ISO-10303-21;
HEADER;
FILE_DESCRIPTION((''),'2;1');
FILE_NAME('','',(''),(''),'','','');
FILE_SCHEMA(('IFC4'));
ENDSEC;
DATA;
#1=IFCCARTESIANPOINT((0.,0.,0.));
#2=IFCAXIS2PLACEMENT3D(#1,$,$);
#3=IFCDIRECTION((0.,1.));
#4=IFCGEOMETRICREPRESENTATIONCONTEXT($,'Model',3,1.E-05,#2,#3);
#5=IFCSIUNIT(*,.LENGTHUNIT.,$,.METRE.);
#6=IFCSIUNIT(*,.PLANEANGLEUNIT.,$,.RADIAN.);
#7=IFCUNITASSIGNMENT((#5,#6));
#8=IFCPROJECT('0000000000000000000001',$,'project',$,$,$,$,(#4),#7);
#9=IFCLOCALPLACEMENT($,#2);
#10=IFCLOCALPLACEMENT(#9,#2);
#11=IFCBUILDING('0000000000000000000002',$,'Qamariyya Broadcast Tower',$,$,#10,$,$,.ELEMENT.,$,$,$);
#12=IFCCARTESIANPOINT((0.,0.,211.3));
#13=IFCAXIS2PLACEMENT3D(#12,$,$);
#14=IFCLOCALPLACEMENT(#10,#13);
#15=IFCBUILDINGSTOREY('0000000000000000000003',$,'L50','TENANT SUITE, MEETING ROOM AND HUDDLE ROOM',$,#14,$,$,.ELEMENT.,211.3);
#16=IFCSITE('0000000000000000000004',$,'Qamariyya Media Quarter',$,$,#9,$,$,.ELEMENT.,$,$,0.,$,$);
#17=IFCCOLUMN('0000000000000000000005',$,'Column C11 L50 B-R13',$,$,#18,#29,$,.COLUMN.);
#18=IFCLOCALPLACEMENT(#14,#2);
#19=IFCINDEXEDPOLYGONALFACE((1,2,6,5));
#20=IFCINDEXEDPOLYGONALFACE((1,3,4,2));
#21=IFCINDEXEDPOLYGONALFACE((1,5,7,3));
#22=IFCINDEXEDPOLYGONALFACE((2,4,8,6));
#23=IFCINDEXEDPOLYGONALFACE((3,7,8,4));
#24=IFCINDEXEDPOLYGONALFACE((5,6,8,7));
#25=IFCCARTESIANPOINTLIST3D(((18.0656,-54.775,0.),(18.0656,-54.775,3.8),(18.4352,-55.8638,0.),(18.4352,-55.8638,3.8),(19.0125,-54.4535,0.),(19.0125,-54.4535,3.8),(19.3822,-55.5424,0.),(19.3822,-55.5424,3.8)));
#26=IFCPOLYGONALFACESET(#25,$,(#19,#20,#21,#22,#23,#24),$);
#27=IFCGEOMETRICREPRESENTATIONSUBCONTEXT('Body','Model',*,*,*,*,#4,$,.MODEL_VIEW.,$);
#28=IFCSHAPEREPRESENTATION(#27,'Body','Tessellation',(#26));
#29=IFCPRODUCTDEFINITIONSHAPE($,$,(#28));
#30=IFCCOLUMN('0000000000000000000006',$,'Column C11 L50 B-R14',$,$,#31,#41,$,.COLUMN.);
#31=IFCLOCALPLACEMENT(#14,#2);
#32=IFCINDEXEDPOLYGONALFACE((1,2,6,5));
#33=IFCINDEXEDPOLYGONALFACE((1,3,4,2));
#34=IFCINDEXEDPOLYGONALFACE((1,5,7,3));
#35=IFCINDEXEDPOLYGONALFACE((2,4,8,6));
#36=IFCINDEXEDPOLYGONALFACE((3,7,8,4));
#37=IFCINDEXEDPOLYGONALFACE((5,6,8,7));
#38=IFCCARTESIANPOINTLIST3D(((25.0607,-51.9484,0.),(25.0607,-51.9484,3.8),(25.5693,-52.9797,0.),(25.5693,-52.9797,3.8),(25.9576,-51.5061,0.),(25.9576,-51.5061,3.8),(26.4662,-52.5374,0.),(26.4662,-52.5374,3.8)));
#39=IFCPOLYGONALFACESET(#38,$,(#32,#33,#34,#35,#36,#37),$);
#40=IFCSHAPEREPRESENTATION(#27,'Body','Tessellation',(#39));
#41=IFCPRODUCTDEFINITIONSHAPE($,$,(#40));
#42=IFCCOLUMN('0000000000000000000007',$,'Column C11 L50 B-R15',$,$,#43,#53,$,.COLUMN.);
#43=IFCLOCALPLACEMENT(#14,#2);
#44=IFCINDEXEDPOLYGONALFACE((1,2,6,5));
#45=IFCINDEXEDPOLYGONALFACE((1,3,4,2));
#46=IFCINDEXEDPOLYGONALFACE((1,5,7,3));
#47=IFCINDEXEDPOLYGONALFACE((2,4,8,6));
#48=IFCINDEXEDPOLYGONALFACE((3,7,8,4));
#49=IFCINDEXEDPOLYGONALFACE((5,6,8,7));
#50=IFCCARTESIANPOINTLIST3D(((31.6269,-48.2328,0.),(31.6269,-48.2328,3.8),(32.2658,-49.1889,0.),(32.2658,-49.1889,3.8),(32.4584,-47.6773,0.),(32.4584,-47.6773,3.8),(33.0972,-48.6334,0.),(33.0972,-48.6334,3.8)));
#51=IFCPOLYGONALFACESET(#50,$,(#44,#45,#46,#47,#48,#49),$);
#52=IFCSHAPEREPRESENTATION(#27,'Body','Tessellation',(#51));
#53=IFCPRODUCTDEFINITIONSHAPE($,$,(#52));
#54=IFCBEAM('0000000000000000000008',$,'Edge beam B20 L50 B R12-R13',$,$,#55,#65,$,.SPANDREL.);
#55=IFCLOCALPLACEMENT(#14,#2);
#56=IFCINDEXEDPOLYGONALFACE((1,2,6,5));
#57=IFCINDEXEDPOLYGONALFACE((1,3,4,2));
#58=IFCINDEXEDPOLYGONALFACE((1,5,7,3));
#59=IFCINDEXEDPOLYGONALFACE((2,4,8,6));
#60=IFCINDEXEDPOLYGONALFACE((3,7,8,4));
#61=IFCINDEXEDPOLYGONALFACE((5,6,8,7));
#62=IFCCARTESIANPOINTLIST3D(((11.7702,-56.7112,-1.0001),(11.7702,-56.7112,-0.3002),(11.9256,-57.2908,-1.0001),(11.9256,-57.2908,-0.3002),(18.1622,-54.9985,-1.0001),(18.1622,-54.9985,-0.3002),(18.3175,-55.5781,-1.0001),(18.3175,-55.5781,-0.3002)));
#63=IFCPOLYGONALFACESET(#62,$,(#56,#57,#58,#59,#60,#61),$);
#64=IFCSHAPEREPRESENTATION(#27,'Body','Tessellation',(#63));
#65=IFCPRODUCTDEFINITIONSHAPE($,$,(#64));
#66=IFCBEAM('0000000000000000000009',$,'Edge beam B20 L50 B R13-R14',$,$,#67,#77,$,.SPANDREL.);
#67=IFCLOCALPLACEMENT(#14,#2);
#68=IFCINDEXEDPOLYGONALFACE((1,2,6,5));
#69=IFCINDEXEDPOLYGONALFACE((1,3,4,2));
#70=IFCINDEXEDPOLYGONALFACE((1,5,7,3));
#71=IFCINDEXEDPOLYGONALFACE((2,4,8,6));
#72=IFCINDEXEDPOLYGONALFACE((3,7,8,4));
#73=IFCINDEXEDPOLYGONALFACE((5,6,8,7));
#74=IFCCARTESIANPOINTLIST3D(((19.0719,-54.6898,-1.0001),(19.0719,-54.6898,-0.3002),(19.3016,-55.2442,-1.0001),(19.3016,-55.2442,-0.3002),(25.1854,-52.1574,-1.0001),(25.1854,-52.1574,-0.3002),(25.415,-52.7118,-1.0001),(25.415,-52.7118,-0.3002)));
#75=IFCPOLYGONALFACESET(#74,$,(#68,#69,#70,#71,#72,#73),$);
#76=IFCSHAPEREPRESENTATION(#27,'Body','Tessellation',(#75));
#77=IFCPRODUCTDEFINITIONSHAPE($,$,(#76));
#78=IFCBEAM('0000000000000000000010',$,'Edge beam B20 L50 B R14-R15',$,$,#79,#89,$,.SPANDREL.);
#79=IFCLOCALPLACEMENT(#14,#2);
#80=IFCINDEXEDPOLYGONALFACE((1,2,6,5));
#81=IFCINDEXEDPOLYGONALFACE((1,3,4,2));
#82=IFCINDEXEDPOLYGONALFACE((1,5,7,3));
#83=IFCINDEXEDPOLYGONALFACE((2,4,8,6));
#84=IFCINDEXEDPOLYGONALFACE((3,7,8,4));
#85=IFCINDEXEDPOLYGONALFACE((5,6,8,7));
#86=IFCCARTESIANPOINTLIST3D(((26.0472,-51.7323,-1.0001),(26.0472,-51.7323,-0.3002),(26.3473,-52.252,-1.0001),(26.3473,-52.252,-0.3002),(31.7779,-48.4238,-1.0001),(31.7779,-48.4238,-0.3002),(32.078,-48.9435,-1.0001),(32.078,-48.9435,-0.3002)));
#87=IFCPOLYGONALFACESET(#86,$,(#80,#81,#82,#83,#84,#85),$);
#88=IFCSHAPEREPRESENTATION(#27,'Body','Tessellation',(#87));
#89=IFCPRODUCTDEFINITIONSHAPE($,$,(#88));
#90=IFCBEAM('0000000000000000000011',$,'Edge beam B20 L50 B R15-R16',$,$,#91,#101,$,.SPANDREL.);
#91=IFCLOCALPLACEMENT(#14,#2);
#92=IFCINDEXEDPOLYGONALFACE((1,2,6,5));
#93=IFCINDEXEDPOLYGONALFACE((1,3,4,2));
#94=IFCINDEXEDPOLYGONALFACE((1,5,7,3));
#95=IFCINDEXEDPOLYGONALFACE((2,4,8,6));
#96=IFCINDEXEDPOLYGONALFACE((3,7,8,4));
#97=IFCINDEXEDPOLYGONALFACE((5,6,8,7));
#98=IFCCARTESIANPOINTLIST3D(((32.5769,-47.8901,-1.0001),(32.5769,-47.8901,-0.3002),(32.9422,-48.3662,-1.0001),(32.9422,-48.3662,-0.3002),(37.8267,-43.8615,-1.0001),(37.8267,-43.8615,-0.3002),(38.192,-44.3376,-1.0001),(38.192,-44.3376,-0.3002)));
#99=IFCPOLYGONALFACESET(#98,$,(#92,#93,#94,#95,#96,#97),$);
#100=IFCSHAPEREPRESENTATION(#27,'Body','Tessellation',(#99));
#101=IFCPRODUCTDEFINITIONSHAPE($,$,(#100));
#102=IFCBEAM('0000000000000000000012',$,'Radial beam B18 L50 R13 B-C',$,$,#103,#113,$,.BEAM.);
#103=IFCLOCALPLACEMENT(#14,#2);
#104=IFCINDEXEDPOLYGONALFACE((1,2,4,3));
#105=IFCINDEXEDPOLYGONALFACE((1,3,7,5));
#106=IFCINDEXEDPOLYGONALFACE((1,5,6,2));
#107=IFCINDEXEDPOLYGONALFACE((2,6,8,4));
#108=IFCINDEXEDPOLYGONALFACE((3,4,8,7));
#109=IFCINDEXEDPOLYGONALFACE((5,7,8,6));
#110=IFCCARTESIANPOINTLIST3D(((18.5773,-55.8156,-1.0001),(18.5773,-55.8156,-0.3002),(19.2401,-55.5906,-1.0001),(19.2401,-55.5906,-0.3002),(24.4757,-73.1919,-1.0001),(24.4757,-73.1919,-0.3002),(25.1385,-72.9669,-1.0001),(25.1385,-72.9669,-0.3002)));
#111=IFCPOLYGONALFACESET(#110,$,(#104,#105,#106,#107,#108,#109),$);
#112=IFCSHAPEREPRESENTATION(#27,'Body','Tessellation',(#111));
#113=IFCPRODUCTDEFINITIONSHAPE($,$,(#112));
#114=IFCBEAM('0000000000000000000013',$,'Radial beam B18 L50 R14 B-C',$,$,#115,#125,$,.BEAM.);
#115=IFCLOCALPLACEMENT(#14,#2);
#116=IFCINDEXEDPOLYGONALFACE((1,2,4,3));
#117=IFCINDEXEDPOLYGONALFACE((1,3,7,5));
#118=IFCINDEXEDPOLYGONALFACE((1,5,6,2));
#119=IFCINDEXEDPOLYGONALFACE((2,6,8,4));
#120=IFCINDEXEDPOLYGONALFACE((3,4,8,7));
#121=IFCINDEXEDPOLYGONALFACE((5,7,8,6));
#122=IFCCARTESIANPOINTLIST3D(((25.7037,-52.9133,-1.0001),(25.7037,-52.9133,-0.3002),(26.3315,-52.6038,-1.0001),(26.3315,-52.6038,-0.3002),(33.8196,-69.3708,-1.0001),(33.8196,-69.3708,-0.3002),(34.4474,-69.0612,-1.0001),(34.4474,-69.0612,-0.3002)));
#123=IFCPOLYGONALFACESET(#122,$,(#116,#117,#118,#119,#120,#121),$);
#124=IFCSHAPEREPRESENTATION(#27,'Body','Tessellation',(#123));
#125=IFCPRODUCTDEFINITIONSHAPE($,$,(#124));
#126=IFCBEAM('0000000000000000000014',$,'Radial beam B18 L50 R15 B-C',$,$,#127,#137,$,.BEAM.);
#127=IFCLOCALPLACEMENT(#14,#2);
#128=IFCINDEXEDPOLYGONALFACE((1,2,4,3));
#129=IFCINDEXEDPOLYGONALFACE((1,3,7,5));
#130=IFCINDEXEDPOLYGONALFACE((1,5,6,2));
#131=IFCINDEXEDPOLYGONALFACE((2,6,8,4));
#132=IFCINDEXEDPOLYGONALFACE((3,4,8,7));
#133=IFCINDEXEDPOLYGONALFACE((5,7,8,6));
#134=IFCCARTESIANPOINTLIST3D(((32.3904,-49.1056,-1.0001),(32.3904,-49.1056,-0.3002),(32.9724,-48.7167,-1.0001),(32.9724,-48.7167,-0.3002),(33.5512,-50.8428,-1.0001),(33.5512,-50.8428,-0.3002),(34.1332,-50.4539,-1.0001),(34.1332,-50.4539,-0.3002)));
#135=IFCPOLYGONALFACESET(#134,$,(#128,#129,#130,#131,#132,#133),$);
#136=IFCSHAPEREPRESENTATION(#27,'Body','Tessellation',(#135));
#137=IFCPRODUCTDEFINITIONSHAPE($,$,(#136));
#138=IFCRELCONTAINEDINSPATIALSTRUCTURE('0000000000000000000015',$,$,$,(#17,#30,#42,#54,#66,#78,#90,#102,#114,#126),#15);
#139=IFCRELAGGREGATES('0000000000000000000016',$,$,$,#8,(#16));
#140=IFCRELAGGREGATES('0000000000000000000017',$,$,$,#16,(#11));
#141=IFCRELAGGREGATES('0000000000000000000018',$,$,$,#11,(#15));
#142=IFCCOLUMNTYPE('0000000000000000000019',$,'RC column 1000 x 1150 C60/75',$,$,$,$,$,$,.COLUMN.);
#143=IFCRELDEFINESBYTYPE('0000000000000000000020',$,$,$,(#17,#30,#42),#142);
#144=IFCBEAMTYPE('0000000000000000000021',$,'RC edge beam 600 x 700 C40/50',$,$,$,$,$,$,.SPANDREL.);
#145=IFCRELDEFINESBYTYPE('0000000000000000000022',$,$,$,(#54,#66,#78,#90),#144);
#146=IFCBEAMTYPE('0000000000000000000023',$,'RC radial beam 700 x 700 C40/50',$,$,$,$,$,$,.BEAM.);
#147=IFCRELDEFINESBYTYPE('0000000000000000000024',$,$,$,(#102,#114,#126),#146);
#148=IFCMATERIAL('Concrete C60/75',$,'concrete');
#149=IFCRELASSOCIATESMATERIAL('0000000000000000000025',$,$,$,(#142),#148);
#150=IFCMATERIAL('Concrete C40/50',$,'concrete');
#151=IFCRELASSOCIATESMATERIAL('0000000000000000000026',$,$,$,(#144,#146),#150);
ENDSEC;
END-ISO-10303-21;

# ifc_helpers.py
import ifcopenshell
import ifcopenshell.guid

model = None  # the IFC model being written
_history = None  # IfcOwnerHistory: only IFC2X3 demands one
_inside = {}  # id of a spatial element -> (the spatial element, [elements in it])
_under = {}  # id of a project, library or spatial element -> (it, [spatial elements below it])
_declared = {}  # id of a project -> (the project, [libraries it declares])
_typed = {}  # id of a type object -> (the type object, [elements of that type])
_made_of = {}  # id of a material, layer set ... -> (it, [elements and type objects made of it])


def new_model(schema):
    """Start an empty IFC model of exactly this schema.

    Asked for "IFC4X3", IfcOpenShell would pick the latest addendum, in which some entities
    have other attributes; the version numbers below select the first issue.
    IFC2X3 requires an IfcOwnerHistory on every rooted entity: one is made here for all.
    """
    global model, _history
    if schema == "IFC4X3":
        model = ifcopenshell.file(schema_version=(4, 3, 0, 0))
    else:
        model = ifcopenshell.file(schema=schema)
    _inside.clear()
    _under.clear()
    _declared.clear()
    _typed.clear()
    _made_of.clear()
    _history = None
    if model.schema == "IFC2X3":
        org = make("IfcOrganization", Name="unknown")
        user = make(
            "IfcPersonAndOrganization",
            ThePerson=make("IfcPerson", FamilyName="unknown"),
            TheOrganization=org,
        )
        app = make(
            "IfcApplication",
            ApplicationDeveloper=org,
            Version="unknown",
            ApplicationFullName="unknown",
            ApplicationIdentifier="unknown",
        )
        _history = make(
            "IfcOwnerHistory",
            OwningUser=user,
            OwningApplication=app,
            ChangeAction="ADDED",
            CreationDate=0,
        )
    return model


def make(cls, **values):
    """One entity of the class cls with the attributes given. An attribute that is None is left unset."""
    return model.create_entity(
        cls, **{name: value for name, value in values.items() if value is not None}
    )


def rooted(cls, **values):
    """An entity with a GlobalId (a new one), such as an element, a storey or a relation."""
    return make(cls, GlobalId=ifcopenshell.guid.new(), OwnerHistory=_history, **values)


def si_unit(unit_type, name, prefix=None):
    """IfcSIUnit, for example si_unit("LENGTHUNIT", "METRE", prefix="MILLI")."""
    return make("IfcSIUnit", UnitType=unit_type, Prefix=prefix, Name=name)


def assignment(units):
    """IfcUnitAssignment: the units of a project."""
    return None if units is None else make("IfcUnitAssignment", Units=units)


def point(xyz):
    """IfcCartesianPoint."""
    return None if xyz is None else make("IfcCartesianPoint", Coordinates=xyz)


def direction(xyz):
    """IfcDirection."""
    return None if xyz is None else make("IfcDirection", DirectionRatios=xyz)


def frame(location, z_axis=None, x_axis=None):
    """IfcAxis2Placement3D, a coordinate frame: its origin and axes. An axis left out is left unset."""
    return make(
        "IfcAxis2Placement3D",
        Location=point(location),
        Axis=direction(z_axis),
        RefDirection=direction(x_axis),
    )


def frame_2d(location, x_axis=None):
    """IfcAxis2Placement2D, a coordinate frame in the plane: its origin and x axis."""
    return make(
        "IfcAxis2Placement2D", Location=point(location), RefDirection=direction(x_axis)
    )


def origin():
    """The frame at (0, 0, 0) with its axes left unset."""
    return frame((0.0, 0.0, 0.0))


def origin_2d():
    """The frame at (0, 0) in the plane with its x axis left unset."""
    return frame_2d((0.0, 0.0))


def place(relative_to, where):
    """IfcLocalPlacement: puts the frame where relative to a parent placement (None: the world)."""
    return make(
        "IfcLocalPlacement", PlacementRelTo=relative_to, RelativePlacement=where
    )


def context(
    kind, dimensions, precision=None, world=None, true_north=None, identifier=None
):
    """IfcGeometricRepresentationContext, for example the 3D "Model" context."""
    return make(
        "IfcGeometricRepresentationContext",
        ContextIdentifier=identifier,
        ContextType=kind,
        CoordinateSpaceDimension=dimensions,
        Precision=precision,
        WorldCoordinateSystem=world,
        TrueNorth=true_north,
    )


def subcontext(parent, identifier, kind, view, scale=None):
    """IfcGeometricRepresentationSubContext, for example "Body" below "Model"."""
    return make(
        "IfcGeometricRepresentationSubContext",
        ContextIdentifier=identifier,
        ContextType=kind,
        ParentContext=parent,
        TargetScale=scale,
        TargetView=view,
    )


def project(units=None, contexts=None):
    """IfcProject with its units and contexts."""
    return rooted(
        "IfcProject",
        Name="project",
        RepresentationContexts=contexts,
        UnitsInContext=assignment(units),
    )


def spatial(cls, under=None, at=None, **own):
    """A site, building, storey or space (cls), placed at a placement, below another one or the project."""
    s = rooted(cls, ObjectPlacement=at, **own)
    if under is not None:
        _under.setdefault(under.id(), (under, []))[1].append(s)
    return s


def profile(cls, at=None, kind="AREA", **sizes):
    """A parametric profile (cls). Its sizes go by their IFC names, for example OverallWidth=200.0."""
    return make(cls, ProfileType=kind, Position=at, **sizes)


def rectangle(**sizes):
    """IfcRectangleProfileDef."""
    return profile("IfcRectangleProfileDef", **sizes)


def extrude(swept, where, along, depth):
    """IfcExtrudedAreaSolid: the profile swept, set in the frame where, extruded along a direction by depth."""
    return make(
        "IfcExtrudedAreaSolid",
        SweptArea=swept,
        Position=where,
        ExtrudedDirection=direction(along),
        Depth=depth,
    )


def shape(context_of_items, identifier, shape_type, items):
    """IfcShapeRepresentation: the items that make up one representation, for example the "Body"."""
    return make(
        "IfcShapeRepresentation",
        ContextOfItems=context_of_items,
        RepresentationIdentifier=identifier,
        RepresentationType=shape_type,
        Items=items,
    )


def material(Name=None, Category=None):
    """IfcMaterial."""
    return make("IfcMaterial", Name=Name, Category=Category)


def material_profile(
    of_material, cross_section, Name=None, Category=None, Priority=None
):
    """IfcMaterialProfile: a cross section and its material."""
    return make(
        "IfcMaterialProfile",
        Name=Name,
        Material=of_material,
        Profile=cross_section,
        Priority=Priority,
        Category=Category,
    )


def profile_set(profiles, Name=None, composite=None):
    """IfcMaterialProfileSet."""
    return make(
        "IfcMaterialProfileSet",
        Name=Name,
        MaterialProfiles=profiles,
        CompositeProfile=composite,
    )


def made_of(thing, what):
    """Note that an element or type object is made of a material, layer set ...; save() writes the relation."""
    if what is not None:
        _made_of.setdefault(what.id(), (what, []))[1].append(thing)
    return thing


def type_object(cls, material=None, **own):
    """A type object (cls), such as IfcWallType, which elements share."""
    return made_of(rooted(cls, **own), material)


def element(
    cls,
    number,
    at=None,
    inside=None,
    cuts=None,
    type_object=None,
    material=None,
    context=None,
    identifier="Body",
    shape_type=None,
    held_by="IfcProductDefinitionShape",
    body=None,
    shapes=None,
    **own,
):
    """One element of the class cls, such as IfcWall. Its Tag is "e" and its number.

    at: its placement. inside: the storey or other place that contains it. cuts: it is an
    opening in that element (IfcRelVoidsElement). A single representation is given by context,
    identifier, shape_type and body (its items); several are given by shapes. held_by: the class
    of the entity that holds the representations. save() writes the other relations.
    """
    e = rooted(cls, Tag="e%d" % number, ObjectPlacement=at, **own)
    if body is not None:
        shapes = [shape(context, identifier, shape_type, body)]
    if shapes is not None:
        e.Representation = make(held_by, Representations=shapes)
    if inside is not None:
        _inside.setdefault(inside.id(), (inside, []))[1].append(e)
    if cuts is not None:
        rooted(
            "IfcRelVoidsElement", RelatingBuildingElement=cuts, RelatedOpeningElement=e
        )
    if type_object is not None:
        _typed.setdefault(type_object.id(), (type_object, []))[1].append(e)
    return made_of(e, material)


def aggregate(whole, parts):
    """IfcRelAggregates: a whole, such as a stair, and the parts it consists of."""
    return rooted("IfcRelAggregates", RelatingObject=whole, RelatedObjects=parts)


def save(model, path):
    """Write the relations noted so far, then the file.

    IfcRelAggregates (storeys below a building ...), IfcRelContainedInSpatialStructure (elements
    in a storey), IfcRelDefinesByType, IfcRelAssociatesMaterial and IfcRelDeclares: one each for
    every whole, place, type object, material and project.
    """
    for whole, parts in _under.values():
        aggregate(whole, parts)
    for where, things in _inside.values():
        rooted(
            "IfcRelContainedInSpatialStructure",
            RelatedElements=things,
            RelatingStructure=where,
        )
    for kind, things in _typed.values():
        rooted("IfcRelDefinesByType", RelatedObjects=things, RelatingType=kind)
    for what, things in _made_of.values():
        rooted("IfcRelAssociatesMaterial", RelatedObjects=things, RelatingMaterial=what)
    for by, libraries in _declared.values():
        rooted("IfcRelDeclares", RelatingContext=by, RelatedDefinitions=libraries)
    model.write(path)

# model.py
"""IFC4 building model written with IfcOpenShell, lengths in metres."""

from ifc_helpers import new_model, si_unit, direction, frame, origin, origin_2d, place, context, subcontext, project, spatial, rectangle, extrude, material, material_profile, profile_set, type_object, element, save


model = new_model("IFC4")

# Units and contexts
model_context = context("Model", 3, precision=1e-05, world=origin(), true_north=direction((0.0, 1.0)))
body_context = subcontext(model_context, "Body", "Model", "MODEL_VIEW")
ifc_project = project(units=[si_unit("LENGTHUNIT", "METRE"), si_unit("PLANEANGLEUNIT", "RADIAN")], contexts=[model_context])

# Site, building, storey
site_placement = place(None, origin())
site = spatial("IfcSite", under=ifc_project, at=site_placement, Name="Qamariyya Media Quarter", CompositionType="ELEMENT", RefElevation=0.0)
building_placement = place(site_placement, origin())
building = spatial("IfcBuilding", under=site, at=building_placement, Name="Qamariyya Broadcast Tower", CompositionType="ELEMENT")
storey_placement = place(building_placement, frame((0.0, 0.0, 211.3)))
storey = spatial("IfcBuildingStorey", under=building, at=storey_placement, Name="L50", Description="TENANT SUITE, MEETING ROOM AND HUDDLE ROOM", CompositionType="ELEMENT", Elevation=211.3)

# Columns
ifc_material_1 = material(Name="Concrete C60/75", Category="concrete")
ifc_material_profile_1 = material_profile(ifc_material_1, rectangle(XDim=1.0, YDim=1.1499, at=origin_2d()))
ifc_profile_set_1 = profile_set([ifc_material_profile_1], Name="Concrete C60/75")
column_type = type_object("IfcColumnType", Name="RC column 1000 x 1150 C60/75", PredefinedType="COLUMN", material=ifc_profile_set_1)
for number, where, z_axis, x_axis, name in (
    (1, (18.7239, -55.1587, 0.0), (0.0, 0.0, 1.0), (0.94693, 0.321439, 0.0), "Column C11 L50 B-R13"),
    (2, (25.7634, -52.2429, 0.0), (0.0, 0.0, 1.0), (0.896873, 0.442289, 0.0), "Column C11 L50 B-R14"),
    (3, (32.3621, -48.4331, 0.0), (0.0, 0.0, 1.0), (0.83147, 0.55557, 0.0), "Column C11 L50 B-R15"),
):
    element("IfcColumn", number, at=place(storey_placement, frame(where, z_axis=z_axis, x_axis=x_axis)), inside=storey, type_object=column_type, Name=name, PredefinedType="COLUMN", context=body_context, shape_type="SweptSolid", body=[
        extrude(rectangle(XDim=1.0, YDim=1.1499, at=origin_2d()), origin(), (0.0, 0.0, 1.0), 3.8),
    ])

# Beams
ifc_material_2 = material(Name="Concrete C40/50", Category="concrete")
ifc_material_profile_2 = material_profile(ifc_material_2, rectangle(XDim=0.6001, YDim=0.7, at=origin_2d()))
ifc_profile_set_2 = profile_set([ifc_material_profile_2], Name="Concrete C40/50")
beam_type_1 = type_object("IfcBeamType", Name="RC edge beam 600 x 700 C40/50", PredefinedType="SPANDREL", material=ifc_profile_set_2)
beam_1_placement = place(storey_placement, frame((11.8479, -57.001, -0.6501), z_axis=(0.965927, 0.258813, 0.0), x_axis=(-0.258813, 0.965927, 0.0)))
element("IfcBeam", 4, at=beam_1_placement, inside=storey, type_object=beam_type_1, Name="Edge beam B20 L50 B R12-R13", PredefinedType="SPANDREL", context=body_context, shape_type="SweptSolid", body=[
    extrude(rectangle(XDim=0.6001, YDim=0.7, at=origin_2d()), origin(), (0.0, 0.0, 1.0), 6.6174),
])
for number, where, z_axis, x_axis, name in (
    (5, (19.1868, -54.967, -0.6501), (0.923871, 0.382705, 0.0), (-0.382705, 0.923871, 0.0), "Edge beam B20 L50 B R13-R14"),
    (6, (26.1973, -51.9922, -0.6501), (0.866028, 0.499996, 0.0), (-0.499996, 0.866028, 0.0), "Edge beam B20 L50 B R14-R15"),
):
    element("IfcBeam", number, at=place(storey_placement, frame(where, z_axis=z_axis, x_axis=x_axis)), inside=storey, type_object=beam_type_1, Name=name, PredefinedType="SPANDREL", context=body_context, shape_type="SweptSolid", body=[
        extrude(rectangle(XDim=0.6001, YDim=0.7, at=origin_2d()), origin(), (0.0, 0.0, 1.0), 6.6172),
    ])
beam_2_placement = place(storey_placement, frame((32.7595, -48.1282, -0.6501), z_axis=(0.793333, 0.608789, 0.0), x_axis=(-0.608789, 0.793333, 0.0)))
element("IfcBeam", 7, at=beam_2_placement, inside=storey, type_object=beam_type_1, Name="Edge beam B20 L50 B R15-R16", PredefinedType="SPANDREL", context=body_context, shape_type="SweptSolid", body=[
    extrude(rectangle(XDim=0.6001, YDim=0.7, at=origin_2d()), origin(), (0.0, 0.0, 1.0), 6.6174),
])
ifc_material_profile_3 = material_profile(ifc_material_2, rectangle(XDim=0.7, YDim=0.7, at=origin_2d()))
ifc_profile_set_3 = profile_set([ifc_material_profile_3], Name="Concrete C40/50")
beam_type_2 = type_object("IfcBeamType", Name="RC radial beam 700 x 700 C40/50", PredefinedType="BEAM", material=ifc_profile_set_3)
beam_3_placement = place(storey_placement, frame((18.9087, -55.7031, -0.6501), z_axis=(0.32144, -0.94693, 0.0), x_axis=(0.94693, 0.32144, 0.0)))
element("IfcBeam", 8, at=beam_3_placement, inside=storey, type_object=beam_type_2, Name="Radial beam B18 L50 R13 B-C", PredefinedType="BEAM", context=body_context, shape_type="SweptSolid", body=[
    extrude(rectangle(XDim=0.7, YDim=0.7, at=origin_2d()), origin(), (0.0, 0.0, 1.0), 18.3501),
])
beam_4_placement = place(storey_placement, frame((26.0176, -52.7585, -0.6501), z_axis=(0.442289, -0.896872, 0.0), x_axis=(0.896872, 0.442289, 0.0)))
element("IfcBeam", 9, at=beam_4_placement, inside=storey, type_object=beam_type_2, Name="Radial beam B18 L50 R14 B-C", PredefinedType="BEAM", context=body_context, shape_type="SweptSolid", body=[
    extrude(rectangle(XDim=0.7, YDim=0.7, at=origin_2d()), origin(), (0.0, 0.0, 1.0), 18.3499),
])
beam_5_placement = place(storey_placement, frame((32.6814, -48.9111, -0.6501), z_axis=(0.55559, -0.831457, 0.0), x_axis=(0.831457, 0.55559, 0.0)))
element("IfcBeam", 10, at=beam_5_placement, inside=storey, type_object=beam_type_2, Name="Radial beam B18 L50 R15 B-C", PredefinedType="BEAM", context=body_context, shape_type="SweptSolid", body=[
    extrude(rectangle(XDim=0.7, YDim=0.7, at=origin_2d()), origin(), (0.0, 0.0, 1.0), 2.0894),
])

save(model, "model.ifc")
